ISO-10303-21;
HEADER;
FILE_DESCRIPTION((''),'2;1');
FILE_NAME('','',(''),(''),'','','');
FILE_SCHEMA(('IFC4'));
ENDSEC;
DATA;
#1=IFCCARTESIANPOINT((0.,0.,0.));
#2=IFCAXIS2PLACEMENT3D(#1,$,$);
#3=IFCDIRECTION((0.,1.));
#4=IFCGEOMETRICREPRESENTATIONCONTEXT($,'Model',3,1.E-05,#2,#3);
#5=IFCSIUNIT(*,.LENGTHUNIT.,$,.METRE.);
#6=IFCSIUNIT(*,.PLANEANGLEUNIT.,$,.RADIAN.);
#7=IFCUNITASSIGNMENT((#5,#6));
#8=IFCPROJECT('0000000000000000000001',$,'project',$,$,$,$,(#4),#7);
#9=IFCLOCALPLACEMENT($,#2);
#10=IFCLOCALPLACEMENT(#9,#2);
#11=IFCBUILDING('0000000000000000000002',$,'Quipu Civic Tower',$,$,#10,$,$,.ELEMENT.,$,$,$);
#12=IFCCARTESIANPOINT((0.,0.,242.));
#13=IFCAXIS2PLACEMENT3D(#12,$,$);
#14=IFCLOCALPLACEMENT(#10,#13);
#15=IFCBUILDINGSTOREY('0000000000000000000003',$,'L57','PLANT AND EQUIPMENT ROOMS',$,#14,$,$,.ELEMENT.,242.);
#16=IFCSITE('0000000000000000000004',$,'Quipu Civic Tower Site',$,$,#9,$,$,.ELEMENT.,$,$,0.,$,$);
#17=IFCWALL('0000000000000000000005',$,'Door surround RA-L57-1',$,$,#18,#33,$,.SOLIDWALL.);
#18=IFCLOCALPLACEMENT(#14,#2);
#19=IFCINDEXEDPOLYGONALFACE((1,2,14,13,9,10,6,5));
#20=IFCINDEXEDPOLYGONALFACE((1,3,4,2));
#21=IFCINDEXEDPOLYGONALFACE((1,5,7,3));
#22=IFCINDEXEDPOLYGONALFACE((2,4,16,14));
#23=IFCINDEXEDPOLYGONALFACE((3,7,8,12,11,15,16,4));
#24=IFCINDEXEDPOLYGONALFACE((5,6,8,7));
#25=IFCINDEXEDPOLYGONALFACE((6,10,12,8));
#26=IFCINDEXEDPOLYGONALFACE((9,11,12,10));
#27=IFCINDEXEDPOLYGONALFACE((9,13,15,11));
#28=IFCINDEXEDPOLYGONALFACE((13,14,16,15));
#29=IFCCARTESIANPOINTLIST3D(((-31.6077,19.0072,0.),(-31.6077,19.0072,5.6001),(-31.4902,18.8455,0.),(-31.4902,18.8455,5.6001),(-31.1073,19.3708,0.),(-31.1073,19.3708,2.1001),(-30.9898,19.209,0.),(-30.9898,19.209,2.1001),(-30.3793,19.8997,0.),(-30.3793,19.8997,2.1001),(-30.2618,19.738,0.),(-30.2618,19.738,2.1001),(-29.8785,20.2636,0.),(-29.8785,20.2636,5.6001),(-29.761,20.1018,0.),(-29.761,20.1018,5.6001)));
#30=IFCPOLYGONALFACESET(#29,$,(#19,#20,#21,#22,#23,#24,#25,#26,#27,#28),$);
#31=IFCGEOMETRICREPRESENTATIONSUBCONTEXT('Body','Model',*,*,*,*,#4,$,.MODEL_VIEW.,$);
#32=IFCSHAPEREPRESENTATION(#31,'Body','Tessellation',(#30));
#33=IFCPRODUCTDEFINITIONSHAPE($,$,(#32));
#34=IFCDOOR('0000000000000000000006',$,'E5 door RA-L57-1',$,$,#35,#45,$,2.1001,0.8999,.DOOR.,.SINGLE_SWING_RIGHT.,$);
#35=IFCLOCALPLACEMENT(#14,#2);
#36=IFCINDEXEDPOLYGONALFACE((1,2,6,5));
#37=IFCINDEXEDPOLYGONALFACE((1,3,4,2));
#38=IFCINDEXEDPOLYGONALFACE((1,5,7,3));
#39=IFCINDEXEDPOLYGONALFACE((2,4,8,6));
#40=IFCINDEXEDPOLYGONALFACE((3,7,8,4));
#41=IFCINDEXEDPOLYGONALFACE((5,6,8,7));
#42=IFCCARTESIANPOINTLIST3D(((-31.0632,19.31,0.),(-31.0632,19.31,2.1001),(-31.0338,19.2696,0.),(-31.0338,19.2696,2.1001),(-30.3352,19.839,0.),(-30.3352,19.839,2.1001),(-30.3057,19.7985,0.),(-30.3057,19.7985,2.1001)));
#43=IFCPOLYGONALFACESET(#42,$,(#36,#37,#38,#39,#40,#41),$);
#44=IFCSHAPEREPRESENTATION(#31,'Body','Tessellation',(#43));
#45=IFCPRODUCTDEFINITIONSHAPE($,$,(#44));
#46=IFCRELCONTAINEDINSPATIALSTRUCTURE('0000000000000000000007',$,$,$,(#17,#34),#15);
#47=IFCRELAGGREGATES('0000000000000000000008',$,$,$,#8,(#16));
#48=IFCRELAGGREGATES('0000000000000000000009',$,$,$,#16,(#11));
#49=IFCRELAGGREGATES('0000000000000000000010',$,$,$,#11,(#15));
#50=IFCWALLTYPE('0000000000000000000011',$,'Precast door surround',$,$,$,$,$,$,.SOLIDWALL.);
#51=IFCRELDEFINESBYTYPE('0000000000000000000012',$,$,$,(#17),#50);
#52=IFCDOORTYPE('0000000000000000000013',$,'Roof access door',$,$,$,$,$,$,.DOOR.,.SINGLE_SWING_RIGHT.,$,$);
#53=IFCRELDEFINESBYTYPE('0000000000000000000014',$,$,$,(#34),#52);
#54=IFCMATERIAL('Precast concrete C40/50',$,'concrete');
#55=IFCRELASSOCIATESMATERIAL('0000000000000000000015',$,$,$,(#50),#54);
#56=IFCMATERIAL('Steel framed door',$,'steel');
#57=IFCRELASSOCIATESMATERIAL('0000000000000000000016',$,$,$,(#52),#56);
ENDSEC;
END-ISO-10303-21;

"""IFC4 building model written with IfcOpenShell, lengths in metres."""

from ifc_helpers import new_model, si_unit, direction, frame, frame_2d, origin, place, context, subcontext, project, spatial, rectangle, extrude, material, type_object, element, fill, save


model = new_model("IFC4")

# Units and contexts
model_context = context("Model", 3, precision=1e-05, world=origin(), true_north=direction((0.0, 1.0)))
body_context = subcontext(model_context, "Body", "Model", "MODEL_VIEW")
ifc_project = project(units=[si_unit("LENGTHUNIT", "METRE"), si_unit("PLANEANGLEUNIT", "RADIAN")], contexts=[model_context])

# Site, building, storey
site_placement = place(None, origin())
site = spatial("IfcSite", under=ifc_project, at=site_placement, Name="Quipu Civic Tower Site", CompositionType="ELEMENT", RefElevation=0.0)
building_placement = place(site_placement, origin())
building = spatial("IfcBuilding", under=site, at=building_placement, Name="Quipu Civic Tower", CompositionType="ELEMENT")
storey_placement = place(building_placement, frame((0.0, 0.0, 242.0)))
storey = spatial("IfcBuildingStorey", under=building, at=storey_placement, Name="L57", Description="PLANT AND EQUIPMENT ROOMS", CompositionType="ELEMENT", Elevation=242.0)

# Wall, opening, door
ifc_material_1 = material(Name="Precast concrete C40/50", Category="concrete")
wall_type_1 = type_object("IfcWallType", Name="Precast door surround", PredefinedType="SOLIDWALL", material=ifc_material_1)
wall_1_placement = place(storey_placement, frame((-31.5491, 18.9263, 0.0), z_axis=(0.0, 0.0, 1.0), x_axis=(0.809022, 0.587778, 0.0)))
wall_1 = element("IfcWall", 1, at=wall_1_placement, inside=storey, type_object=wall_type_1, Name="Door surround RA-L57-1", PredefinedType="SOLIDWALL", context=body_context, shape_type="SweptSolid", body=[
    extrude(rectangle(XDim=2.1375, YDim=0.2, at=frame_2d((1.0688, 0.0))), origin(), (0.0, 0.0, 1.0), 5.6001),
])
opening_1_placement = place(wall_1_placement, frame((0.6187, 0.0, 0.0)))
opening_1 = element("IfcOpeningElement", 2, at=opening_1_placement, cuts=wall_1, PredefinedType="OPENING", context=body_context, shape_type="SweptSolid", body=[
    extrude(rectangle(XDim=0.8999, YDim=2.1001, at=frame_2d((0.45, 1.05))), frame((0.0, 0.1099, 0.0), z_axis=(0.0, -1.0, 0.0), x_axis=(1.0, 0.0, 0.0)), (0.0, 0.0, 1.0), 0.22),
])
ifc_material_2 = material(Name="Steel framed door", Category="steel")
door_type_1 = type_object("IfcDoorType", Name="Roof access door", OperationType="SINGLE_SWING_RIGHT", PredefinedType="DOOR", material=ifc_material_2)
door_1_placement = place(opening_1_placement, origin())
door_1 = element("IfcDoor", 3, at=door_1_placement, inside=storey, type_object=door_type_1, Name="E5 door RA-L57-1", OperationType="SINGLE_SWING_RIGHT", OverallHeight=2.1001, OverallWidth=0.8999, PredefinedType="DOOR", context=body_context, shape_type="SweptSolid", body=[
    extrude(rectangle(XDim=0.8999, YDim=2.1001, at=frame_2d((0.45, 1.05))), frame((0.0, 0.0249, 0.0), z_axis=(0.0, -1.0, 0.0), x_axis=(1.0, 0.0, 0.0)), (0.0, 0.0, 1.0), 0.05),
])
fill(opening_1, door_1)

save(model, "model.ifc")
